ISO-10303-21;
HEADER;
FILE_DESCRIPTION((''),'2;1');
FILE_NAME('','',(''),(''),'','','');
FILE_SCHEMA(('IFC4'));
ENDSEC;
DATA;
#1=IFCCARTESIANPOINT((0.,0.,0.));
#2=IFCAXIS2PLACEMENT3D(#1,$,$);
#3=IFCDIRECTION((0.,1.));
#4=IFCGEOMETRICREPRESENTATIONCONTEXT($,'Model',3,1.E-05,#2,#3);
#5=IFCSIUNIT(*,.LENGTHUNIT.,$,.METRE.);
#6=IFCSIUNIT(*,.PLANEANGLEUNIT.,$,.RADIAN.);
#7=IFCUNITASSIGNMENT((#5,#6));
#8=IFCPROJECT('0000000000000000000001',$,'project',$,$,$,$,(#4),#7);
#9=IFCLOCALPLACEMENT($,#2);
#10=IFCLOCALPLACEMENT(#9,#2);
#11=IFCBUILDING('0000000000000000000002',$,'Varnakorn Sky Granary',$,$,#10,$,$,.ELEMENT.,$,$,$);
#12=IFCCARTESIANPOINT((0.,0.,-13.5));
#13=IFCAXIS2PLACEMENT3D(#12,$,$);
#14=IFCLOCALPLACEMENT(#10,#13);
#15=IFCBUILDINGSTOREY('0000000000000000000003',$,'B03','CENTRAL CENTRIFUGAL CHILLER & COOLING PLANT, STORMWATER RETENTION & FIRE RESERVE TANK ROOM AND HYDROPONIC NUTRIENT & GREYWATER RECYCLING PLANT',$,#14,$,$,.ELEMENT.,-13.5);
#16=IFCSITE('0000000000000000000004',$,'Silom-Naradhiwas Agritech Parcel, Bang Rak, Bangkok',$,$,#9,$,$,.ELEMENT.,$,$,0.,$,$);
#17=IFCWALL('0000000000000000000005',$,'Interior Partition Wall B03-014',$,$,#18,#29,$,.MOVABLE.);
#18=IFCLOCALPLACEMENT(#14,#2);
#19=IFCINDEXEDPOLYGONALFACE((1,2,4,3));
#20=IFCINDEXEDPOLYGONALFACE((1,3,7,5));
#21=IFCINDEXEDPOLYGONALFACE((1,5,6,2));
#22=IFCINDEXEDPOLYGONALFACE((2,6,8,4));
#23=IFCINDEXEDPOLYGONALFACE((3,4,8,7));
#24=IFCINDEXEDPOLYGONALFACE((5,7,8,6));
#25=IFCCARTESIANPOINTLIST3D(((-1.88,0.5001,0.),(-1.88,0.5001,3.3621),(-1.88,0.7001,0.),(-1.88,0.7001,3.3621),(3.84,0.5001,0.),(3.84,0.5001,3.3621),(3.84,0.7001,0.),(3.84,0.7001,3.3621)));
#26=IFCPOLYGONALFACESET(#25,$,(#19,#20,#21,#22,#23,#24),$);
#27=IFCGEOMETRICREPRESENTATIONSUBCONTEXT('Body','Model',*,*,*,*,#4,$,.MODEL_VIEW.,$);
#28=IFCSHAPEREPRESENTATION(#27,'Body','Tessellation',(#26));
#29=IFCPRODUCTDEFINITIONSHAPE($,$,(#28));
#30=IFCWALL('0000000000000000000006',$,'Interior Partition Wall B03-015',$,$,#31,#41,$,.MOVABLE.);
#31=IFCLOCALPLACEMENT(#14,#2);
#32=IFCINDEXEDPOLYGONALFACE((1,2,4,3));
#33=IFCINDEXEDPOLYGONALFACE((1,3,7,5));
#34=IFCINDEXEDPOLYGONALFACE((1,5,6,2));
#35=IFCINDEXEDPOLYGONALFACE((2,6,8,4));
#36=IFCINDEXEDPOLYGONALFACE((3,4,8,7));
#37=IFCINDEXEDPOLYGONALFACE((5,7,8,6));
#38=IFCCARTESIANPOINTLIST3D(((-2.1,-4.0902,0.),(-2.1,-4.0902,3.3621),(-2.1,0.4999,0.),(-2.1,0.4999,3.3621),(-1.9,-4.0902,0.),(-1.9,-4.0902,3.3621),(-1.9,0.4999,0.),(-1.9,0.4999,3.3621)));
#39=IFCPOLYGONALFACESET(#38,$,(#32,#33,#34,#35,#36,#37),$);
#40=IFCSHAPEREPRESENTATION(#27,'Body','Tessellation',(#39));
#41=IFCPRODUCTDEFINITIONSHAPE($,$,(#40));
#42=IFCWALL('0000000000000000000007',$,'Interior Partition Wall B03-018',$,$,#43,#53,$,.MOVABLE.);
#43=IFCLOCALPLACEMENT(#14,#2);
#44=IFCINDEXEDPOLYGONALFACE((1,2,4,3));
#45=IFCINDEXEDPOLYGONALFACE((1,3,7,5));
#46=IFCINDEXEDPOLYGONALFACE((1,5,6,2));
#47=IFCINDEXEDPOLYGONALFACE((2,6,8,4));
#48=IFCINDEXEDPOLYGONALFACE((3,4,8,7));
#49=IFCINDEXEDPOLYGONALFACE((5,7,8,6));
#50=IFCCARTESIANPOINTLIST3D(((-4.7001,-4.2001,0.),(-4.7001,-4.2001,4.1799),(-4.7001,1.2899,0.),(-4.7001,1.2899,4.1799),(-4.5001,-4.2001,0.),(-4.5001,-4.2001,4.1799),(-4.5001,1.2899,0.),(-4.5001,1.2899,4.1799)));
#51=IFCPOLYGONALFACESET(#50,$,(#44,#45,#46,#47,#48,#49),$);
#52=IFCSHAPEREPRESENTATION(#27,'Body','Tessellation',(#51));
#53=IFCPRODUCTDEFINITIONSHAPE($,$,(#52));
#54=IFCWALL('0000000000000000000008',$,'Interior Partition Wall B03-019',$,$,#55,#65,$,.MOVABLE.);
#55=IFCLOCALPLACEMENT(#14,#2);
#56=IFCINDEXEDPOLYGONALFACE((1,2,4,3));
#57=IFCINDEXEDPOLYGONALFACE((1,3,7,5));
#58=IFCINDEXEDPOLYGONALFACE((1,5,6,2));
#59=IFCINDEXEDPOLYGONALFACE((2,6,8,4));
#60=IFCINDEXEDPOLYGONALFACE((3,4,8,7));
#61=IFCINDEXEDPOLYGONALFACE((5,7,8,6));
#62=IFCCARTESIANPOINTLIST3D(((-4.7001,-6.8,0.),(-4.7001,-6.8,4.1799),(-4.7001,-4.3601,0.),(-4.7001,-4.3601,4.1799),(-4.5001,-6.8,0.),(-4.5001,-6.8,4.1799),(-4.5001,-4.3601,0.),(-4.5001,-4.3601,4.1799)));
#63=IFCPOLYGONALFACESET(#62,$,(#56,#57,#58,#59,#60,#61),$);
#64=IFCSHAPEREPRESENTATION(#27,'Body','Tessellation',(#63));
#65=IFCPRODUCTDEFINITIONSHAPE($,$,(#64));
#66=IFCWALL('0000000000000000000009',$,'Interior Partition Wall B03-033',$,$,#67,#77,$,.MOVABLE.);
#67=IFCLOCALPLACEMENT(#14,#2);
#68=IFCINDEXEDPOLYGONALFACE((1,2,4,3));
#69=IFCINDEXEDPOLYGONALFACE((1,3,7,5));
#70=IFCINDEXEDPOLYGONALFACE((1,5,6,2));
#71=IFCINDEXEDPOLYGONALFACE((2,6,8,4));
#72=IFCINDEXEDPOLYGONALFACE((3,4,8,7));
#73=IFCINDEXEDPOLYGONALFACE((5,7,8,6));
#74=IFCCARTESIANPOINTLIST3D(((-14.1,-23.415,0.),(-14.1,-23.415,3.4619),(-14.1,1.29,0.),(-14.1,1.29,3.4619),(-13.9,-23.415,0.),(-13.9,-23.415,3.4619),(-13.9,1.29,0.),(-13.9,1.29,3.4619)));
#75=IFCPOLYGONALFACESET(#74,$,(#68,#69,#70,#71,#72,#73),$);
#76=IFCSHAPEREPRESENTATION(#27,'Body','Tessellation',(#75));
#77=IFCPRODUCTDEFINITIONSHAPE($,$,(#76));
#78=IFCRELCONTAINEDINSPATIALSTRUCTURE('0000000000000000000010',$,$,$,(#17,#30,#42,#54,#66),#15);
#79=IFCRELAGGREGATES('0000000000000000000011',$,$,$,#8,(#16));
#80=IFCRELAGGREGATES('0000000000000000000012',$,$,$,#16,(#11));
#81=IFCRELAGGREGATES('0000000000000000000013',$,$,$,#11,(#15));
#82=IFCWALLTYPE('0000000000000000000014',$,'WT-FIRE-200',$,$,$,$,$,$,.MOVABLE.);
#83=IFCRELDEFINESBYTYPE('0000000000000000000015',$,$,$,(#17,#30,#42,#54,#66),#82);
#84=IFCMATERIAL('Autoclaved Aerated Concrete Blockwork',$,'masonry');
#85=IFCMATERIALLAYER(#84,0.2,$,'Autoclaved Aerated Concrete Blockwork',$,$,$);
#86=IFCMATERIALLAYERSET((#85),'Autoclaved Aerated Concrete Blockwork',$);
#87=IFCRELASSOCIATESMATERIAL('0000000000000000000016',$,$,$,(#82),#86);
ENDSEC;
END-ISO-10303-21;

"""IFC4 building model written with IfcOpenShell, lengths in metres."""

from ifc_helpers import new_model, si_unit, direction, frame, frame_2d, origin, place, context, subcontext, project, spatial, rectangle, extrude, material, layer, layer_set, type_object, element, save


model = new_model("IFC4")

# Units and contexts
model_context = context("Model", 3, precision=1e-05, world=origin(), true_north=direction((0.0, 1.0)))
body_context = subcontext(model_context, "Body", "Model", "MODEL_VIEW")
ifc_project = project(units=[si_unit("LENGTHUNIT", "METRE"), si_unit("PLANEANGLEUNIT", "RADIAN")], contexts=[model_context])

# Site, building, storey
site_placement = place(None, origin())
site = spatial("IfcSite", under=ifc_project, at=site_placement, Name="Silom-Naradhiwas Agritech Parcel, Bang Rak, Bangkok", CompositionType="ELEMENT", RefElevation=0.0)
building_placement = place(site_placement, origin())
building = spatial("IfcBuilding", under=site, at=building_placement, Name="Varnakorn Sky Granary", CompositionType="ELEMENT")
storey_placement = place(building_placement, frame((0.0, 0.0, -13.5)))
storey = spatial("IfcBuildingStorey", under=building, at=storey_placement, Name="B03", Description="CENTRAL CENTRIFUGAL CHILLER & COOLING PLANT, STORMWATER RETENTION & FIRE RESERVE TANK ROOM AND HYDROPONIC NUTRIENT & GREYWATER RECYCLING PLANT", CompositionType="ELEMENT", Elevation=-13.5)

# Shared definitions
ifc_material_1 = material(Name="Autoclaved Aerated Concrete Blockwork", Category="masonry")
ifc_layer_1 = layer(ifc_material_1, 0.2, Name="Autoclaved Aerated Concrete Blockwork")
ifc_layer_set_1 = layer_set([ifc_layer_1], Name="Autoclaved Aerated Concrete Blockwork")
wall_type_1 = type_object("IfcWallType", Name="WT-FIRE-200", PredefinedType="MOVABLE", material=ifc_layer_set_1)

# Walls
wall_1_placement = place(storey_placement, frame((-1.8799, 0.6001, 0.0), z_axis=(0.0, 0.0, 1.0), x_axis=(1.0, 0.0, 0.0)))
element("IfcWall", 1, at=wall_1_placement, inside=storey, type_object=wall_type_1, Name="Interior Partition Wall B03-014", PredefinedType="MOVABLE", context=body_context, shape_type="SweptSolid", body=[
    extrude(rectangle(XDim=5.72, YDim=0.2, at=frame_2d((2.8599, 0.0))), origin(), (0.0, 0.0, 1.0), 3.3621),
])
wall_2_placement = place(storey_placement, frame((-2.0, -4.0901, 0.0), z_axis=(0.0, 0.0, 1.0), x_axis=(0.0, 1.0, 0.0)))
element("IfcWall", 2, at=wall_2_placement, inside=storey, type_object=wall_type_1, Name="Interior Partition Wall B03-015", PredefinedType="MOVABLE", context=body_context, shape_type="SweptSolid", body=[
    extrude(rectangle(XDim=4.5901, YDim=0.2, at=frame_2d((2.2949, 0.0))), origin(), (0.0, 0.0, 1.0), 3.3621),
])
wall_3_placement = place(storey_placement, frame((-4.6001, 1.29, 0.0), z_axis=(0.0, 0.0, 1.0), x_axis=(0.0, -1.0, 0.0)))
element("IfcWall", 3, at=wall_3_placement, inside=storey, type_object=wall_type_1, Name="Interior Partition Wall B03-018", PredefinedType="MOVABLE", context=body_context, shape_type="SweptSolid", body=[
    extrude(rectangle(XDim=5.49, YDim=0.2, at=frame_2d((2.7451, 0.0))), origin(), (0.0, 0.0, 1.0), 4.1799),
])
wall_4_placement = place(storey_placement, frame((-4.6001, -4.3601, 0.0), z_axis=(0.0, 0.0, 1.0), x_axis=(0.0, -1.0, 0.0)))
element("IfcWall", 4, at=wall_4_placement, inside=storey, type_object=wall_type_1, Name="Interior Partition Wall B03-019", PredefinedType="MOVABLE", context=body_context, shape_type="SweptSolid", body=[
    extrude(rectangle(XDim=2.4399, YDim=0.2, at=frame_2d((1.22, 0.0))), origin(), (0.0, 0.0, 1.0), 4.1799),
])
wall_5_placement = place(storey_placement, frame((-14.0, 1.29, 0.0), z_axis=(0.0, 0.0, 1.0), x_axis=(0.0, -1.0, 0.0)))
element("IfcWall", 5, at=wall_5_placement, inside=storey, type_object=wall_type_1, Name="Interior Partition Wall B03-033", PredefinedType="MOVABLE", context=body_context, shape_type="SweptSolid", body=[
    extrude(rectangle(XDim=24.7051, YDim=0.2, at=frame_2d((12.3525, 0.0))), origin(), (0.0, 0.0, 1.0), 3.4619),
])

save(model, "model.ifc")
